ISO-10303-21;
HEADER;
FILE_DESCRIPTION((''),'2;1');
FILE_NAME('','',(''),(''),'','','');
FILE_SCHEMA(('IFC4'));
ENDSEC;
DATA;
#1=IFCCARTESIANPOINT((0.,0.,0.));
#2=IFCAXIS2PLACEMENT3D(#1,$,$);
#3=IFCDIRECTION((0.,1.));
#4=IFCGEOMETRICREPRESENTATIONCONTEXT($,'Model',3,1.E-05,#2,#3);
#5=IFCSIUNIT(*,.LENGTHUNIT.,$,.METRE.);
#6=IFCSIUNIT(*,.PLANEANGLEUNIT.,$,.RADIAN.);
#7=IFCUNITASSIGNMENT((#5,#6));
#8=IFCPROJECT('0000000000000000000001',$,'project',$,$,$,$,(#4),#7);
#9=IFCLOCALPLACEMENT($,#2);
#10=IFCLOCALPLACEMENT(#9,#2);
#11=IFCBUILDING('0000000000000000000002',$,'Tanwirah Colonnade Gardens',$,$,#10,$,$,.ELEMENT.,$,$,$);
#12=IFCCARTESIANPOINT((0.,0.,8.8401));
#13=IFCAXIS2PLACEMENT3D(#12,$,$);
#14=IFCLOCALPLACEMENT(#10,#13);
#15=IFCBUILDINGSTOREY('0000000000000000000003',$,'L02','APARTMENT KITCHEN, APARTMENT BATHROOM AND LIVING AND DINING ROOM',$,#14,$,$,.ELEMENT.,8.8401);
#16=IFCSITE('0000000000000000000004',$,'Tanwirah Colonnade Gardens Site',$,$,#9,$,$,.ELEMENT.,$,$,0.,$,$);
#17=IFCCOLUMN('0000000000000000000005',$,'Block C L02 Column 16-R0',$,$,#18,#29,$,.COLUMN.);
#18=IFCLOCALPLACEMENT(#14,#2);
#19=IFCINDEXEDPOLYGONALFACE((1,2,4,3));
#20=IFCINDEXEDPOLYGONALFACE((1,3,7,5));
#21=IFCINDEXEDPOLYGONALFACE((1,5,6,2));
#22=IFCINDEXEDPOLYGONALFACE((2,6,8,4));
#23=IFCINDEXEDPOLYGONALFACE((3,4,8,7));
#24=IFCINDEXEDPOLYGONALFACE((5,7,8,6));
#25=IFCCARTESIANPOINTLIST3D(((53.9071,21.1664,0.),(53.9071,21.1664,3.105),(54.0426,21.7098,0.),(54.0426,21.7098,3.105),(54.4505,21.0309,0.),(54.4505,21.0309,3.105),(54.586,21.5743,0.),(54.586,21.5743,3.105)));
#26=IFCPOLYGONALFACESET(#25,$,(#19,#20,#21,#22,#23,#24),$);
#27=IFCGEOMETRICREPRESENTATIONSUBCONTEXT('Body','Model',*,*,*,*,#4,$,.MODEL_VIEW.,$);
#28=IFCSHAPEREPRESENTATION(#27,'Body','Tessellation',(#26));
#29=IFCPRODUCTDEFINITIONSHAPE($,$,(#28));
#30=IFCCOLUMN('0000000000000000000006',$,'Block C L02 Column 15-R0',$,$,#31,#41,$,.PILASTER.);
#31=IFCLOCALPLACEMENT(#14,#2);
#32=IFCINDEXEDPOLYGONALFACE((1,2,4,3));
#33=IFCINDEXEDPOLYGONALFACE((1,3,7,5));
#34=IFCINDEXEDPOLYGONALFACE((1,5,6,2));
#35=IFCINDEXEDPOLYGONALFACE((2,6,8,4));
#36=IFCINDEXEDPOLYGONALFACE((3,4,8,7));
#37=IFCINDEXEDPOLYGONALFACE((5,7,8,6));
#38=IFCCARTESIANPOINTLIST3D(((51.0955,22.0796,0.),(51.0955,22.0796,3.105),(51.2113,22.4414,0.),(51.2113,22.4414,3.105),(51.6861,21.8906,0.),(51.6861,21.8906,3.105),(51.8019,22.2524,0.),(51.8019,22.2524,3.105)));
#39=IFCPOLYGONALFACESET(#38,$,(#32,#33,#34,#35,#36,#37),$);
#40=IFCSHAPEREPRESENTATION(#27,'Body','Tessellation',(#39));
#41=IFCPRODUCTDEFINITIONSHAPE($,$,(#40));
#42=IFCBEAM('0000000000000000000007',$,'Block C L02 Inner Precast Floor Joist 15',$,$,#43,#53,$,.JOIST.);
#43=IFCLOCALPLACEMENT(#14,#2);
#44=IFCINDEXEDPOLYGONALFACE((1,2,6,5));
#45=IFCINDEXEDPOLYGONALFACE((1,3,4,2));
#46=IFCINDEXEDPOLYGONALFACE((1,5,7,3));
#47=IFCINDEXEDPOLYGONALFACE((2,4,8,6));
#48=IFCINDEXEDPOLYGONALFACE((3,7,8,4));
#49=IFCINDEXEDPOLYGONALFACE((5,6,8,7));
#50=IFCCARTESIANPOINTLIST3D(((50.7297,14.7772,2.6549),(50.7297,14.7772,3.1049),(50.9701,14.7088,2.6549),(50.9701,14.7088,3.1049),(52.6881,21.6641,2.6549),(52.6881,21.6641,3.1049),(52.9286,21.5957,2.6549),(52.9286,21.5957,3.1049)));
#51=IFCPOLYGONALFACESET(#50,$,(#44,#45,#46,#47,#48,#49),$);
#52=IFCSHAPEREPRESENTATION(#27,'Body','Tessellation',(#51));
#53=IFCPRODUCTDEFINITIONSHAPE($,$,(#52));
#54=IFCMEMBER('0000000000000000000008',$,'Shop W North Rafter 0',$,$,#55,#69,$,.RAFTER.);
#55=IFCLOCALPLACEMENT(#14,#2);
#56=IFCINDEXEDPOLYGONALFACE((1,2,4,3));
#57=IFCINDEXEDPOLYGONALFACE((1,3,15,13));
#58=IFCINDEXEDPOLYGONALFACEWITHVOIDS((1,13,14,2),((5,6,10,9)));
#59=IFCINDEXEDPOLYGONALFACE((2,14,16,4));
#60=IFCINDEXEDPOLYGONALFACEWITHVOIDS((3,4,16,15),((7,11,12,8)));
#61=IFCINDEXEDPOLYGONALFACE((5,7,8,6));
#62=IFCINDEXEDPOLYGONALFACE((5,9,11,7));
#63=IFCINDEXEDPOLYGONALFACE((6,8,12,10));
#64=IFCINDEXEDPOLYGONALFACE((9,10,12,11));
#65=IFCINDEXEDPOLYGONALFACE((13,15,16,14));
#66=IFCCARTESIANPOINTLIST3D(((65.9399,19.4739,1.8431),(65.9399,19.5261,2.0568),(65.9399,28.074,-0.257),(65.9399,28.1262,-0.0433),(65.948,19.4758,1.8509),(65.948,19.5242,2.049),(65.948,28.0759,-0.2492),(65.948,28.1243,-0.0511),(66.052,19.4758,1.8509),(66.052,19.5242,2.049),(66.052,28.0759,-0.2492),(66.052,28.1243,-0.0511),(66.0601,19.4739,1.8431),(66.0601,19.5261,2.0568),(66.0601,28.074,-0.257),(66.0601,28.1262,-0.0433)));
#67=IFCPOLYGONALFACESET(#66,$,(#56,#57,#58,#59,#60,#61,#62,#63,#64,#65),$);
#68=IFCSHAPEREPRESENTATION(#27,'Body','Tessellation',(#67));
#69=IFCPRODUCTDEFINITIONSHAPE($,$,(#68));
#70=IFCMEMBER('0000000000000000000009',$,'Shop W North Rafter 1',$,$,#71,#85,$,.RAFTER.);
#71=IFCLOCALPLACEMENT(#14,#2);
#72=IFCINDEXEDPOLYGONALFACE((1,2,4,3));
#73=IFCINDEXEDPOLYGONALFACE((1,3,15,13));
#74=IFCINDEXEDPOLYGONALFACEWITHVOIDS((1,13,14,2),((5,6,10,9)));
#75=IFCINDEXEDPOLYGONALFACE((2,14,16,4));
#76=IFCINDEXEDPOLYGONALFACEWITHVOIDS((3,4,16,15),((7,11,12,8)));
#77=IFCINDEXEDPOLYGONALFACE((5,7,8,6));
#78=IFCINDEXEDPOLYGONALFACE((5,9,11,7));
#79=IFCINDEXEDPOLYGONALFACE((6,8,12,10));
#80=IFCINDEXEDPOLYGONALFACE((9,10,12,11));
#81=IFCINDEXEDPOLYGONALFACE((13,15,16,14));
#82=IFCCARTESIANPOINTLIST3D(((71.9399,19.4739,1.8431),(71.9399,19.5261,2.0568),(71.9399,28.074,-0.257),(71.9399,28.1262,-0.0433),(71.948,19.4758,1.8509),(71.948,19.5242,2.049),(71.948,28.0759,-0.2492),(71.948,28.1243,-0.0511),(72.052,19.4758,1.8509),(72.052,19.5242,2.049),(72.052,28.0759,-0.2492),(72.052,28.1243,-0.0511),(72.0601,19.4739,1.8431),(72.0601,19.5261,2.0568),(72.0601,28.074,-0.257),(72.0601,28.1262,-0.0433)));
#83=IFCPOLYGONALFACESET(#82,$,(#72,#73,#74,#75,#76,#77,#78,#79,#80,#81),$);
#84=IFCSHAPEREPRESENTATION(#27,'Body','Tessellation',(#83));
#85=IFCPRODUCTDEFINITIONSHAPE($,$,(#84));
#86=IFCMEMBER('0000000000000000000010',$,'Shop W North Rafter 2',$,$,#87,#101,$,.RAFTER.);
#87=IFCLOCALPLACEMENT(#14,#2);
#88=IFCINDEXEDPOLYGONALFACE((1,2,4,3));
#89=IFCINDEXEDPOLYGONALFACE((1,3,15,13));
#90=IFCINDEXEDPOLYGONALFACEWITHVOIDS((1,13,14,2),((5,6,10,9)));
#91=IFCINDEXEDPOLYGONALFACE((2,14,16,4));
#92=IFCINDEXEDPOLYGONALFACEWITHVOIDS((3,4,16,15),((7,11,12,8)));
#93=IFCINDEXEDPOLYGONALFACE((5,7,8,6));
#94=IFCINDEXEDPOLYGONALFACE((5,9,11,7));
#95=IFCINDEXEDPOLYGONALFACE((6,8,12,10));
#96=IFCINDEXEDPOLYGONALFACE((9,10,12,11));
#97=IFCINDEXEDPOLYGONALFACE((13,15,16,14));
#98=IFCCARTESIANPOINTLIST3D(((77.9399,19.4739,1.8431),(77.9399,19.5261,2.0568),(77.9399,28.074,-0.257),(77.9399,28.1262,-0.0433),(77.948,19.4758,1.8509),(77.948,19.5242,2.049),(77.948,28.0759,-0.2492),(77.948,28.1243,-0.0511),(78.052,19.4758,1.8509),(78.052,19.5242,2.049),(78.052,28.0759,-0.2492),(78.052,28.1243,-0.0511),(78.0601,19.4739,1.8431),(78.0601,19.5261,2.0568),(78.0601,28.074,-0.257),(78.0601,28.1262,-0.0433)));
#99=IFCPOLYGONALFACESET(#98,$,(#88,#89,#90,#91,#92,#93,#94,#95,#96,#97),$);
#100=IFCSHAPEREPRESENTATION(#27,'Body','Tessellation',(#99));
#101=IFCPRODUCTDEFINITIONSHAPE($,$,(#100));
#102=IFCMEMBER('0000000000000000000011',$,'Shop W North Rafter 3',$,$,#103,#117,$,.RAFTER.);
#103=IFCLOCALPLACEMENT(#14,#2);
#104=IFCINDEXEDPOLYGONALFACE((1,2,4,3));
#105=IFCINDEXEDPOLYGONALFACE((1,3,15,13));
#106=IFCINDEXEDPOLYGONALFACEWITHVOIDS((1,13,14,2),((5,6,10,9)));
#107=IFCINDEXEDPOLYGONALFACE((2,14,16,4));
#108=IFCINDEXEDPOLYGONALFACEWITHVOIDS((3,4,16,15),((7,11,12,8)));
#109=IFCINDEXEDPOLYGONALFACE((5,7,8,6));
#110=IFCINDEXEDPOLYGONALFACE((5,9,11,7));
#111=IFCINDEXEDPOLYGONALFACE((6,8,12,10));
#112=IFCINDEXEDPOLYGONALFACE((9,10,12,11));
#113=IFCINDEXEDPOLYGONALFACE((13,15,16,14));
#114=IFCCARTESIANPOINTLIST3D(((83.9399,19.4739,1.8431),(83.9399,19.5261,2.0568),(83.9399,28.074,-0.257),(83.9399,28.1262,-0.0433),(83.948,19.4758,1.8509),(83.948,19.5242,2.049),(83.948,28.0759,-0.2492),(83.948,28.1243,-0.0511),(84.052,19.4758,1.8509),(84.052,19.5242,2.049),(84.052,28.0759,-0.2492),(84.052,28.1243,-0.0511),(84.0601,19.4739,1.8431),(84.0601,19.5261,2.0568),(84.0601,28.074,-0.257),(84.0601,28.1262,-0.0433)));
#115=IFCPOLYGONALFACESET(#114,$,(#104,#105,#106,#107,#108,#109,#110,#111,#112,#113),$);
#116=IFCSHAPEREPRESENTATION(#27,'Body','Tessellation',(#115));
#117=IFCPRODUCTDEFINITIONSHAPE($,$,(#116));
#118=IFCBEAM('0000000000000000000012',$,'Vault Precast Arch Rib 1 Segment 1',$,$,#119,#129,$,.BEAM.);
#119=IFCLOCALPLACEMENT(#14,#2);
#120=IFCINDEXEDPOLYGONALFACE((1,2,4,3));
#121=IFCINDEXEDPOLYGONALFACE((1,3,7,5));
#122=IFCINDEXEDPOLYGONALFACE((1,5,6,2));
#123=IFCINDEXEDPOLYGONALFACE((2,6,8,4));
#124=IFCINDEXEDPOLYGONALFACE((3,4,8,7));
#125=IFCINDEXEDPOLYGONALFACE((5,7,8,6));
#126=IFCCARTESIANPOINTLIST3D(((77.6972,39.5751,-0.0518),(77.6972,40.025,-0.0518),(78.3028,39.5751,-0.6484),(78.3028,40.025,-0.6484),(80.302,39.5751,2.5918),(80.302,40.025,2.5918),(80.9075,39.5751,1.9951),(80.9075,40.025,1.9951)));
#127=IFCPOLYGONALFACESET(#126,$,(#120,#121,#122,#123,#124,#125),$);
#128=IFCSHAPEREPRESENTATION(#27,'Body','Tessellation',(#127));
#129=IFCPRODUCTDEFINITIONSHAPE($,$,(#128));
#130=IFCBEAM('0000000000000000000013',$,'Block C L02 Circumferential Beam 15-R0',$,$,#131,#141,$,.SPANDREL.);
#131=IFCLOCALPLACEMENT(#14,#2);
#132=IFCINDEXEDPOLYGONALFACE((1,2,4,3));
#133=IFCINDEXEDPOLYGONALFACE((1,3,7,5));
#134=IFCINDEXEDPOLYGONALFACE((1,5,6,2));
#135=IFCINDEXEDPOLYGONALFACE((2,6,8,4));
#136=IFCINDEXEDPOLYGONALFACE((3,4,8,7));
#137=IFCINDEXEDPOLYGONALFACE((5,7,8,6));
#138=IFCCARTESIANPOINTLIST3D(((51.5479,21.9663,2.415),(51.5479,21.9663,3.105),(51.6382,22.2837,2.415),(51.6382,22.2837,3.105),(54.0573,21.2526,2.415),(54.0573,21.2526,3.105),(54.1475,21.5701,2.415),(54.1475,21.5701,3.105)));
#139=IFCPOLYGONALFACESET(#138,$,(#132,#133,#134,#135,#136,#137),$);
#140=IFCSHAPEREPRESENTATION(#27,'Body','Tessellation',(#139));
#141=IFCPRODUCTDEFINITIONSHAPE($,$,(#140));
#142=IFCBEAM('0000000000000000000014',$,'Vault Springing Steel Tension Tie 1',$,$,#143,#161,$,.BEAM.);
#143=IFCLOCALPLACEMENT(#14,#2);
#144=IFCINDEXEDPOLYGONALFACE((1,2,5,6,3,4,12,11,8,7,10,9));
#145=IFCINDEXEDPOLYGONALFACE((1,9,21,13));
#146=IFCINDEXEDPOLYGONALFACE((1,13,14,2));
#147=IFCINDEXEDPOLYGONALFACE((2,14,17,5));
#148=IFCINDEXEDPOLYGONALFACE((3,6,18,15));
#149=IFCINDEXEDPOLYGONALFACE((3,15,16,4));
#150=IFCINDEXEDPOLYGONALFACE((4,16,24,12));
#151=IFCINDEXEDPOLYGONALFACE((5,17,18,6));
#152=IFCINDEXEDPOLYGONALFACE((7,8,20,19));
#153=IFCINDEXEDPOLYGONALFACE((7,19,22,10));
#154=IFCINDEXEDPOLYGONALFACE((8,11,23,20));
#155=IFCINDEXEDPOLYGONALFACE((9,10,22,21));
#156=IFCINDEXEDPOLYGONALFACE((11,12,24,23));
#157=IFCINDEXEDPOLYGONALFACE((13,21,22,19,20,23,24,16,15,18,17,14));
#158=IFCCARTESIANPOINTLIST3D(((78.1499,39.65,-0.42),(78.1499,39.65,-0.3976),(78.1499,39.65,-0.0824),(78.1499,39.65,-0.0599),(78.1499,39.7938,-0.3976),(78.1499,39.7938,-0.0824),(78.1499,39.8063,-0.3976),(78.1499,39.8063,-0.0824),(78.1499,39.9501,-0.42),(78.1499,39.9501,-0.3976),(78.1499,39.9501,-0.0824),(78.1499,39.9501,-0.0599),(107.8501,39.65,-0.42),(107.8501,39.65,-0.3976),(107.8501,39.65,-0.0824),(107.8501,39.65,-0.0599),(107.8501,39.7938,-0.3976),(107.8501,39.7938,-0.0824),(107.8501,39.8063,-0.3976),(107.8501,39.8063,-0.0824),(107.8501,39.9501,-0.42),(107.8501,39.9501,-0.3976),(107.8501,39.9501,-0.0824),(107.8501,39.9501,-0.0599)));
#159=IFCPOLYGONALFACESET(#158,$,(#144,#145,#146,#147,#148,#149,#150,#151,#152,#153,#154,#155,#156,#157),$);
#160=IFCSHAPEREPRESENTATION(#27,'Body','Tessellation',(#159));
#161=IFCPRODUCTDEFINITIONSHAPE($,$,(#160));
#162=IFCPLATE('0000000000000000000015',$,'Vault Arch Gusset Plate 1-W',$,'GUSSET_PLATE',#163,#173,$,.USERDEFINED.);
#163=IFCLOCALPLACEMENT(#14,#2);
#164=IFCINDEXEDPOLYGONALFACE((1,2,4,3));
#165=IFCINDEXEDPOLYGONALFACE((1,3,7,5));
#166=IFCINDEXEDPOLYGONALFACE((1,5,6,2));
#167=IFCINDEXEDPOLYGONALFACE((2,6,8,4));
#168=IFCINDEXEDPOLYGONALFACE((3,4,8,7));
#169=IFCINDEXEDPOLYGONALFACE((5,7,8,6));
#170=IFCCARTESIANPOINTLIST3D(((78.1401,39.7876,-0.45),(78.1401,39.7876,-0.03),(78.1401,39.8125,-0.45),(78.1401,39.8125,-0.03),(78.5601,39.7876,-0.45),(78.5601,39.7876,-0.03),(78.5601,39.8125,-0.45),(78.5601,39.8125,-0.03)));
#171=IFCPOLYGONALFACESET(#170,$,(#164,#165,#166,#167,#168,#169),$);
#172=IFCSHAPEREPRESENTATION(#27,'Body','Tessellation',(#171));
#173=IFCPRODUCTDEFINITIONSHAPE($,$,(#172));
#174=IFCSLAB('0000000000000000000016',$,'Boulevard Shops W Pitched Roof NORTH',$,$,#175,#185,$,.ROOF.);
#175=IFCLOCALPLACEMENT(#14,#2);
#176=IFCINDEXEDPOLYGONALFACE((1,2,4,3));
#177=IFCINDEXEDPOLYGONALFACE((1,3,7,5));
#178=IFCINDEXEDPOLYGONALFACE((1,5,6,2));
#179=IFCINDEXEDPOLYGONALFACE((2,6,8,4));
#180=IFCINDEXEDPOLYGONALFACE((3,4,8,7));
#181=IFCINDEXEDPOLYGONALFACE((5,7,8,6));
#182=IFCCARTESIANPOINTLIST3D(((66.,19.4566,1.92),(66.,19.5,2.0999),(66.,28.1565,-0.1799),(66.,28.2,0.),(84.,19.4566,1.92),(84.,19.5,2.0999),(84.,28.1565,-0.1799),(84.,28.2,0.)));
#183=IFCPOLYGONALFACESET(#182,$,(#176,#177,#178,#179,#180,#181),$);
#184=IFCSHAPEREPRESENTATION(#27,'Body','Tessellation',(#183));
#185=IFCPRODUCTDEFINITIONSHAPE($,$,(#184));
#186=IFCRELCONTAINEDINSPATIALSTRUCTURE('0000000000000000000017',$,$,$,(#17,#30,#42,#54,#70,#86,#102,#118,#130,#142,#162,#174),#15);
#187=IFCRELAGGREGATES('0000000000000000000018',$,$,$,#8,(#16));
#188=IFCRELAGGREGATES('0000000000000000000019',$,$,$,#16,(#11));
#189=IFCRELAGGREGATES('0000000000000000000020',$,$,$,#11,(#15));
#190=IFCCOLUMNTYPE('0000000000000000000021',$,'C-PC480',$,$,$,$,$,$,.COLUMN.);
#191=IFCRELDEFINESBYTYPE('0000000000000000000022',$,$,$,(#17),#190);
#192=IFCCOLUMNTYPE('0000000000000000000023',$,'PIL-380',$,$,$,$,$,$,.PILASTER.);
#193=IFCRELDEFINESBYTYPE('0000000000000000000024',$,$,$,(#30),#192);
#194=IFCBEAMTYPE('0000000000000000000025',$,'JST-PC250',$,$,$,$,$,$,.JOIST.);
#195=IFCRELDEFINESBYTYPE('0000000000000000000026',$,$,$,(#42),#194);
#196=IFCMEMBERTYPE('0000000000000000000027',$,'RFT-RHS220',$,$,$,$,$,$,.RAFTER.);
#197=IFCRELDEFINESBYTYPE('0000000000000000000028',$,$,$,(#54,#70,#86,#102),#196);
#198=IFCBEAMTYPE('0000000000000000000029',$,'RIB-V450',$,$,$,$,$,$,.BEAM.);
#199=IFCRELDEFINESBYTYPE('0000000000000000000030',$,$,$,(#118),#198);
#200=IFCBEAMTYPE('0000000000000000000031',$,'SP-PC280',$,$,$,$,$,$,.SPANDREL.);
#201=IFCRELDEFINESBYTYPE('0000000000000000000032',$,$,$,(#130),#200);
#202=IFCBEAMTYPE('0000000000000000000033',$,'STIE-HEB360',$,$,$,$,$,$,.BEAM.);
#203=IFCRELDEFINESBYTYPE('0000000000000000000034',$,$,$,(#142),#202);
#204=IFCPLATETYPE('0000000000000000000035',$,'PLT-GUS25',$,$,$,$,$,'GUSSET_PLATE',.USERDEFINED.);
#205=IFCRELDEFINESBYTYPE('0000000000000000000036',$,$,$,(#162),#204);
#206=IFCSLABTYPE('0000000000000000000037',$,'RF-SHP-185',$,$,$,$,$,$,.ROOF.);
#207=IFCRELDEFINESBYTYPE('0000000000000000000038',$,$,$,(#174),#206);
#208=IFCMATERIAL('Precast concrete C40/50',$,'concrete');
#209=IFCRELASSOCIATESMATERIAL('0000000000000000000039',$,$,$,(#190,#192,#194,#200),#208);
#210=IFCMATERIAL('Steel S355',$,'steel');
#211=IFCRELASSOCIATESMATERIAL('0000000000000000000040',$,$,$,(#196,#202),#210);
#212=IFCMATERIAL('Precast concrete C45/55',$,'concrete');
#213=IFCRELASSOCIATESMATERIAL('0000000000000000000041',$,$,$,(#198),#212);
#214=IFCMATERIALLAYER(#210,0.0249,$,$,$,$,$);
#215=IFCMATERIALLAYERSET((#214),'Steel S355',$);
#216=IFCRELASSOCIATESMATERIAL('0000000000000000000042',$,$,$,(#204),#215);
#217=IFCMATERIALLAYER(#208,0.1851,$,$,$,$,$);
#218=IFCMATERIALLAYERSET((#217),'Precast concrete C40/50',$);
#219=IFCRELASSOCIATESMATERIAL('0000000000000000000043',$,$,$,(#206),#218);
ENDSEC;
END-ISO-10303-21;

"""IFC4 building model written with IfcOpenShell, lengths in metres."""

from ifc_helpers import new_model, si_unit, direction, frame, origin, origin_2d, place, context, subcontext, project, spatial, polyline, rectangle, hollow_rectangle, i_section, outline, extrude, material, layer, layer_set, material_profile, profile_set, type_object, element, save


model = new_model("IFC4")

# Units and contexts
model_context = context("Model", 3, precision=1e-05, world=origin(), true_north=direction((0.0, 1.0)))
body_context = subcontext(model_context, "Body", "Model", "MODEL_VIEW")
ifc_project = project(units=[si_unit("LENGTHUNIT", "METRE"), si_unit("PLANEANGLEUNIT", "RADIAN")], contexts=[model_context])

# Site, building, storey
site_placement = place(None, origin())
site = spatial("IfcSite", under=ifc_project, at=site_placement, Name="Tanwirah Colonnade Gardens Site", CompositionType="ELEMENT", RefElevation=0.0)
building_placement = place(site_placement, origin())
building = spatial("IfcBuilding", under=site, at=building_placement, Name="Tanwirah Colonnade Gardens", CompositionType="ELEMENT")
storey_placement = place(building_placement, frame((0.0, 0.0, 8.8401)))
storey = spatial("IfcBuildingStorey", under=building, at=storey_placement, Name="L02", Description="APARTMENT KITCHEN, APARTMENT BATHROOM AND LIVING AND DINING ROOM", CompositionType="ELEMENT", Elevation=8.8401)

# Columns
ifc_material_1 = material(Name="Precast concrete C40/50", Category="concrete")
ifc_material_profile_1 = material_profile(ifc_material_1, rectangle(XDim=0.5601, YDim=0.5601, at=origin_2d()), Name="PC-COL 560x560")
ifc_profile_set_1 = profile_set([ifc_material_profile_1], Name="Precast concrete C40/50")
column_type_1 = type_object("IfcColumnType", Name="C-PC480", PredefinedType="COLUMN", material=ifc_profile_set_1)
column_1_placement = place(storey_placement, frame((54.2466, 21.3704, 0.0), z_axis=(0.0, 0.0, 1.0), x_axis=(-0.241922, -0.970296, 0.0)))
element("IfcColumn", 1, at=column_1_placement, inside=storey, type_object=column_type_1, Name="Block C L02 Column 16-R0", PredefinedType="COLUMN", context=body_context, shape_type="SweptSolid", body=[
    extrude(rectangle(XDim=0.5601, YDim=0.5601, at=origin_2d()), origin(), (0.0, 0.0, 1.0), 3.105),
])
ifc_material_profile_2 = material_profile(ifc_material_1, rectangle(XDim=0.3799, YDim=0.6201, at=origin_2d()), Name="PC-PIL 380x620")
ifc_profile_set_2 = profile_set([ifc_material_profile_2], Name="Precast concrete C40/50")
column_type_2 = type_object("IfcColumnType", Name="PIL-380", PredefinedType="PILASTER", material=ifc_profile_set_2)
column_2_placement = place(storey_placement, frame((51.4487, 22.166, 0.0), z_axis=(0.0, 0.0, 1.0), x_axis=(-0.304864, -0.952396, 0.0)))
element("IfcColumn", 2, at=column_2_placement, inside=storey, type_object=column_type_2, Name="Block C L02 Column 15-R0", PredefinedType="PILASTER", context=body_context, shape_type="SweptSolid", body=[
    extrude(rectangle(XDim=0.3799, YDim=0.6201, at=origin_2d()), origin(), (0.0, 0.0, 1.0), 3.105),
])

# Beam
ifc_material_profile_3 = material_profile(ifc_material_1, rectangle(XDim=0.25, YDim=0.45, at=origin_2d()), Name="PC-JST 250x450")
ifc_profile_set_3 = profile_set([ifc_material_profile_3], Name="Precast concrete C40/50")
beam_type_1 = type_object("IfcBeamType", Name="JST-PC250", PredefinedType="JOIST", material=ifc_profile_set_3)
beam_1_placement = place(storey_placement, frame((52.8083, 21.6299, 2.8799), z_axis=(-0.273532, -0.961863, 0.0), x_axis=(0.961863, -0.273532, 0.0)))
element("IfcBeam", 3, at=beam_1_placement, inside=storey, type_object=beam_type_1, Name="Block C L02 Inner Precast Floor Joist 15", PredefinedType="JOIST", context=body_context, shape_type="SweptSolid", body=[
    extrude(rectangle(XDim=0.25, YDim=0.45, at=origin_2d()), origin(), (0.0, 0.0, 1.0), 7.1599),
])

# Members
ifc_material_2 = material(Name="Steel S355", Category="steel")
ifc_material_profile_4 = material_profile(ifc_material_2, hollow_rectangle(XDim=0.1201, YDim=0.22, WallThickness=0.0081, at=origin_2d()), Name="RHS 220x120x8")
ifc_profile_set_4 = profile_set([ifc_material_profile_4], Name="Steel S355")
member_type = type_object("IfcMemberType", Name="RFT-RHS220", PredefinedType="RAFTER", material=ifc_profile_set_4)
for number, where, z_axis, x_axis, name in (
    (4, (66.0, 28.1001, -0.1501), (0.0, -0.971455, 0.237224), (1.0, 0.0, 0.0), "Shop W North Rafter 0"),
    (5, (72.0, 28.1001, -0.1501), (0.0, -0.971455, 0.237224), (1.0, 0.0, 0.0), "Shop W North Rafter 1"),
    (6, (78.0, 28.1001, -0.1501), (0.0, -0.971455, 0.237224), (1.0, 0.0, 0.0), "Shop W North Rafter 2"),
    (7, (84.0, 28.1001, -0.1501), (0.0, -0.971455, 0.237224), (1.0, 0.0, 0.0), "Shop W North Rafter 3"),
):
    element("IfcMember", number, at=place(storey_placement, frame(where, z_axis=z_axis, x_axis=x_axis)), inside=storey, type_object=member_type, Name=name, PredefinedType="RAFTER", context=body_context, shape_type="SweptSolid", body=[
        extrude(hollow_rectangle(XDim=0.1201, YDim=0.22, WallThickness=0.0081, at=origin_2d()), origin(), (0.0, 0.0, 1.0), 8.8528),
    ])

# Beams
ifc_material_3 = material(Name="Precast concrete C45/55", Category="concrete")
ifc_material_profile_5 = material_profile(ifc_material_3, rectangle(XDim=0.45, YDim=0.8501, at=origin_2d()), Name="PC-RIB 450x850")
ifc_profile_set_5 = profile_set([ifc_material_profile_5], Name="Precast concrete C45/55")
beam_type_2 = type_object("IfcBeamType", Name="RIB-V450", PredefinedType="BEAM", material=ifc_profile_set_5)
beam_2_placement = place(storey_placement, frame((78.0, 39.8, -0.3501), z_axis=(0.701858, 0.0, 0.712317), x_axis=(0.0, 1.0, 0.0)))
element("IfcBeam", 8, at=beam_2_placement, inside=storey, type_object=beam_type_2, Name="Vault Precast Arch Rib 1 Segment 1", PredefinedType="BEAM", context=body_context, shape_type="SweptSolid", body=[
    extrude(rectangle(XDim=0.45, YDim=0.8501, at=origin_2d()), origin(), (0.0, 0.0, 1.0), 3.7112),
])
ifc_material_profile_6 = material_profile(ifc_material_1, rectangle(XDim=0.3301, YDim=0.6899, at=origin_2d()), Name="PC-SP 330x690")
ifc_profile_set_6 = profile_set([ifc_material_profile_6], Name="Precast concrete C40/50")
beam_type_3 = type_object("IfcBeamType", Name="SP-PC280", PredefinedType="SPANDREL", material=ifc_profile_set_6)
beam_3_placement = place(storey_placement, frame((51.593, 22.125, 2.76), z_axis=(0.961859, -0.273547, 0.0), x_axis=(0.273547, 0.961859, 0.0)))
element("IfcBeam", 9, at=beam_3_placement, inside=storey, type_object=beam_type_3, Name="Block C L02 Circumferential Beam 15-R0", PredefinedType="SPANDREL", context=body_context, shape_type="SweptSolid", body=[
    extrude(rectangle(XDim=0.3301, YDim=0.6899, at=origin_2d()), origin(), (0.0, 0.0, 1.0), 2.6089),
])
ifc_material_profile_7 = material_profile(ifc_material_2, i_section(OverallWidth=0.3, OverallDepth=0.3601, WebThickness=0.0125, FlangeThickness=0.0225, at=origin_2d()), Name="HEB 360")
ifc_profile_set_7 = profile_set([ifc_material_profile_7], Name="Steel S355")
beam_type_4 = type_object("IfcBeamType", Name="STIE-HEB360", PredefinedType="BEAM", material=ifc_profile_set_7)
beam_4_placement = place(storey_placement, frame((78.1499, 39.8, -0.24), z_axis=(1.0, 0.0, 0.0), x_axis=(0.0, 1.0, 0.0)))
element("IfcBeam", 10, at=beam_4_placement, inside=storey, type_object=beam_type_4, Name="Vault Springing Steel Tension Tie 1", PredefinedType="BEAM", context=body_context, shape_type="SweptSolid", body=[
    extrude(i_section(OverallWidth=0.3, OverallDepth=0.3601, WebThickness=0.0125, FlangeThickness=0.0225, at=origin_2d()), origin(), (0.0, 0.0, 1.0), 29.7002),
])

# Plate
ifc_layer_1 = layer(ifc_material_2, 0.0249)
ifc_layer_set_1 = layer_set([ifc_layer_1], Name="Steel S355")
plate_type = type_object("IfcPlateType", Name="PLT-GUS25", ElementType="GUSSET_PLATE", PredefinedType="USERDEFINED", material=ifc_layer_set_1)
plate_placement = place(storey_placement, frame((78.3501, 39.8, -0.45), z_axis=(0.0, 0.0, 1.0), x_axis=(1.0, 0.0, 0.0)))
element("IfcPlate", 11, at=plate_placement, inside=storey, type_object=plate_type, Name="Vault Arch Gusset Plate 1-W", ObjectType="GUSSET_PLATE", PredefinedType="USERDEFINED", context=body_context, shape_type="SweptSolid", body=[
    extrude(rectangle(XDim=0.4199, YDim=0.0249, at=origin_2d()), origin(), (0.0, 0.0, 1.0), 0.4199),
])

# Slab
ifc_layer_2 = layer(ifc_material_1, 0.1851)
ifc_layer_set_2 = layer_set([ifc_layer_2], Name="Precast concrete C40/50")
slab_type_1 = type_object("IfcSlabType", Name="RF-SHP-185", PredefinedType="ROOF", material=ifc_layer_set_2)
slab_1_placement = place(storey_placement, frame((66.0, 19.5, 2.0999), z_axis=(0.0, 0.234626, 0.972086), x_axis=(1.0, 0.0, 0.0)))
element("IfcSlab", 12, at=slab_1_placement, inside=storey, type_object=slab_type_1, Name="Boulevard Shops W Pitched Roof NORTH", PredefinedType="ROOF", context=body_context, shape_type="SweptSolid", body=[
    extrude(outline(polyline([(0.0, 0.0), (18.0, 0.0), (18.0, 8.9498), (0.0, 8.9498), (0.0, 0.0)])), origin(), (0.0, 0.0, -1.0), 0.1851),
])

save(model, "model.ifc")
